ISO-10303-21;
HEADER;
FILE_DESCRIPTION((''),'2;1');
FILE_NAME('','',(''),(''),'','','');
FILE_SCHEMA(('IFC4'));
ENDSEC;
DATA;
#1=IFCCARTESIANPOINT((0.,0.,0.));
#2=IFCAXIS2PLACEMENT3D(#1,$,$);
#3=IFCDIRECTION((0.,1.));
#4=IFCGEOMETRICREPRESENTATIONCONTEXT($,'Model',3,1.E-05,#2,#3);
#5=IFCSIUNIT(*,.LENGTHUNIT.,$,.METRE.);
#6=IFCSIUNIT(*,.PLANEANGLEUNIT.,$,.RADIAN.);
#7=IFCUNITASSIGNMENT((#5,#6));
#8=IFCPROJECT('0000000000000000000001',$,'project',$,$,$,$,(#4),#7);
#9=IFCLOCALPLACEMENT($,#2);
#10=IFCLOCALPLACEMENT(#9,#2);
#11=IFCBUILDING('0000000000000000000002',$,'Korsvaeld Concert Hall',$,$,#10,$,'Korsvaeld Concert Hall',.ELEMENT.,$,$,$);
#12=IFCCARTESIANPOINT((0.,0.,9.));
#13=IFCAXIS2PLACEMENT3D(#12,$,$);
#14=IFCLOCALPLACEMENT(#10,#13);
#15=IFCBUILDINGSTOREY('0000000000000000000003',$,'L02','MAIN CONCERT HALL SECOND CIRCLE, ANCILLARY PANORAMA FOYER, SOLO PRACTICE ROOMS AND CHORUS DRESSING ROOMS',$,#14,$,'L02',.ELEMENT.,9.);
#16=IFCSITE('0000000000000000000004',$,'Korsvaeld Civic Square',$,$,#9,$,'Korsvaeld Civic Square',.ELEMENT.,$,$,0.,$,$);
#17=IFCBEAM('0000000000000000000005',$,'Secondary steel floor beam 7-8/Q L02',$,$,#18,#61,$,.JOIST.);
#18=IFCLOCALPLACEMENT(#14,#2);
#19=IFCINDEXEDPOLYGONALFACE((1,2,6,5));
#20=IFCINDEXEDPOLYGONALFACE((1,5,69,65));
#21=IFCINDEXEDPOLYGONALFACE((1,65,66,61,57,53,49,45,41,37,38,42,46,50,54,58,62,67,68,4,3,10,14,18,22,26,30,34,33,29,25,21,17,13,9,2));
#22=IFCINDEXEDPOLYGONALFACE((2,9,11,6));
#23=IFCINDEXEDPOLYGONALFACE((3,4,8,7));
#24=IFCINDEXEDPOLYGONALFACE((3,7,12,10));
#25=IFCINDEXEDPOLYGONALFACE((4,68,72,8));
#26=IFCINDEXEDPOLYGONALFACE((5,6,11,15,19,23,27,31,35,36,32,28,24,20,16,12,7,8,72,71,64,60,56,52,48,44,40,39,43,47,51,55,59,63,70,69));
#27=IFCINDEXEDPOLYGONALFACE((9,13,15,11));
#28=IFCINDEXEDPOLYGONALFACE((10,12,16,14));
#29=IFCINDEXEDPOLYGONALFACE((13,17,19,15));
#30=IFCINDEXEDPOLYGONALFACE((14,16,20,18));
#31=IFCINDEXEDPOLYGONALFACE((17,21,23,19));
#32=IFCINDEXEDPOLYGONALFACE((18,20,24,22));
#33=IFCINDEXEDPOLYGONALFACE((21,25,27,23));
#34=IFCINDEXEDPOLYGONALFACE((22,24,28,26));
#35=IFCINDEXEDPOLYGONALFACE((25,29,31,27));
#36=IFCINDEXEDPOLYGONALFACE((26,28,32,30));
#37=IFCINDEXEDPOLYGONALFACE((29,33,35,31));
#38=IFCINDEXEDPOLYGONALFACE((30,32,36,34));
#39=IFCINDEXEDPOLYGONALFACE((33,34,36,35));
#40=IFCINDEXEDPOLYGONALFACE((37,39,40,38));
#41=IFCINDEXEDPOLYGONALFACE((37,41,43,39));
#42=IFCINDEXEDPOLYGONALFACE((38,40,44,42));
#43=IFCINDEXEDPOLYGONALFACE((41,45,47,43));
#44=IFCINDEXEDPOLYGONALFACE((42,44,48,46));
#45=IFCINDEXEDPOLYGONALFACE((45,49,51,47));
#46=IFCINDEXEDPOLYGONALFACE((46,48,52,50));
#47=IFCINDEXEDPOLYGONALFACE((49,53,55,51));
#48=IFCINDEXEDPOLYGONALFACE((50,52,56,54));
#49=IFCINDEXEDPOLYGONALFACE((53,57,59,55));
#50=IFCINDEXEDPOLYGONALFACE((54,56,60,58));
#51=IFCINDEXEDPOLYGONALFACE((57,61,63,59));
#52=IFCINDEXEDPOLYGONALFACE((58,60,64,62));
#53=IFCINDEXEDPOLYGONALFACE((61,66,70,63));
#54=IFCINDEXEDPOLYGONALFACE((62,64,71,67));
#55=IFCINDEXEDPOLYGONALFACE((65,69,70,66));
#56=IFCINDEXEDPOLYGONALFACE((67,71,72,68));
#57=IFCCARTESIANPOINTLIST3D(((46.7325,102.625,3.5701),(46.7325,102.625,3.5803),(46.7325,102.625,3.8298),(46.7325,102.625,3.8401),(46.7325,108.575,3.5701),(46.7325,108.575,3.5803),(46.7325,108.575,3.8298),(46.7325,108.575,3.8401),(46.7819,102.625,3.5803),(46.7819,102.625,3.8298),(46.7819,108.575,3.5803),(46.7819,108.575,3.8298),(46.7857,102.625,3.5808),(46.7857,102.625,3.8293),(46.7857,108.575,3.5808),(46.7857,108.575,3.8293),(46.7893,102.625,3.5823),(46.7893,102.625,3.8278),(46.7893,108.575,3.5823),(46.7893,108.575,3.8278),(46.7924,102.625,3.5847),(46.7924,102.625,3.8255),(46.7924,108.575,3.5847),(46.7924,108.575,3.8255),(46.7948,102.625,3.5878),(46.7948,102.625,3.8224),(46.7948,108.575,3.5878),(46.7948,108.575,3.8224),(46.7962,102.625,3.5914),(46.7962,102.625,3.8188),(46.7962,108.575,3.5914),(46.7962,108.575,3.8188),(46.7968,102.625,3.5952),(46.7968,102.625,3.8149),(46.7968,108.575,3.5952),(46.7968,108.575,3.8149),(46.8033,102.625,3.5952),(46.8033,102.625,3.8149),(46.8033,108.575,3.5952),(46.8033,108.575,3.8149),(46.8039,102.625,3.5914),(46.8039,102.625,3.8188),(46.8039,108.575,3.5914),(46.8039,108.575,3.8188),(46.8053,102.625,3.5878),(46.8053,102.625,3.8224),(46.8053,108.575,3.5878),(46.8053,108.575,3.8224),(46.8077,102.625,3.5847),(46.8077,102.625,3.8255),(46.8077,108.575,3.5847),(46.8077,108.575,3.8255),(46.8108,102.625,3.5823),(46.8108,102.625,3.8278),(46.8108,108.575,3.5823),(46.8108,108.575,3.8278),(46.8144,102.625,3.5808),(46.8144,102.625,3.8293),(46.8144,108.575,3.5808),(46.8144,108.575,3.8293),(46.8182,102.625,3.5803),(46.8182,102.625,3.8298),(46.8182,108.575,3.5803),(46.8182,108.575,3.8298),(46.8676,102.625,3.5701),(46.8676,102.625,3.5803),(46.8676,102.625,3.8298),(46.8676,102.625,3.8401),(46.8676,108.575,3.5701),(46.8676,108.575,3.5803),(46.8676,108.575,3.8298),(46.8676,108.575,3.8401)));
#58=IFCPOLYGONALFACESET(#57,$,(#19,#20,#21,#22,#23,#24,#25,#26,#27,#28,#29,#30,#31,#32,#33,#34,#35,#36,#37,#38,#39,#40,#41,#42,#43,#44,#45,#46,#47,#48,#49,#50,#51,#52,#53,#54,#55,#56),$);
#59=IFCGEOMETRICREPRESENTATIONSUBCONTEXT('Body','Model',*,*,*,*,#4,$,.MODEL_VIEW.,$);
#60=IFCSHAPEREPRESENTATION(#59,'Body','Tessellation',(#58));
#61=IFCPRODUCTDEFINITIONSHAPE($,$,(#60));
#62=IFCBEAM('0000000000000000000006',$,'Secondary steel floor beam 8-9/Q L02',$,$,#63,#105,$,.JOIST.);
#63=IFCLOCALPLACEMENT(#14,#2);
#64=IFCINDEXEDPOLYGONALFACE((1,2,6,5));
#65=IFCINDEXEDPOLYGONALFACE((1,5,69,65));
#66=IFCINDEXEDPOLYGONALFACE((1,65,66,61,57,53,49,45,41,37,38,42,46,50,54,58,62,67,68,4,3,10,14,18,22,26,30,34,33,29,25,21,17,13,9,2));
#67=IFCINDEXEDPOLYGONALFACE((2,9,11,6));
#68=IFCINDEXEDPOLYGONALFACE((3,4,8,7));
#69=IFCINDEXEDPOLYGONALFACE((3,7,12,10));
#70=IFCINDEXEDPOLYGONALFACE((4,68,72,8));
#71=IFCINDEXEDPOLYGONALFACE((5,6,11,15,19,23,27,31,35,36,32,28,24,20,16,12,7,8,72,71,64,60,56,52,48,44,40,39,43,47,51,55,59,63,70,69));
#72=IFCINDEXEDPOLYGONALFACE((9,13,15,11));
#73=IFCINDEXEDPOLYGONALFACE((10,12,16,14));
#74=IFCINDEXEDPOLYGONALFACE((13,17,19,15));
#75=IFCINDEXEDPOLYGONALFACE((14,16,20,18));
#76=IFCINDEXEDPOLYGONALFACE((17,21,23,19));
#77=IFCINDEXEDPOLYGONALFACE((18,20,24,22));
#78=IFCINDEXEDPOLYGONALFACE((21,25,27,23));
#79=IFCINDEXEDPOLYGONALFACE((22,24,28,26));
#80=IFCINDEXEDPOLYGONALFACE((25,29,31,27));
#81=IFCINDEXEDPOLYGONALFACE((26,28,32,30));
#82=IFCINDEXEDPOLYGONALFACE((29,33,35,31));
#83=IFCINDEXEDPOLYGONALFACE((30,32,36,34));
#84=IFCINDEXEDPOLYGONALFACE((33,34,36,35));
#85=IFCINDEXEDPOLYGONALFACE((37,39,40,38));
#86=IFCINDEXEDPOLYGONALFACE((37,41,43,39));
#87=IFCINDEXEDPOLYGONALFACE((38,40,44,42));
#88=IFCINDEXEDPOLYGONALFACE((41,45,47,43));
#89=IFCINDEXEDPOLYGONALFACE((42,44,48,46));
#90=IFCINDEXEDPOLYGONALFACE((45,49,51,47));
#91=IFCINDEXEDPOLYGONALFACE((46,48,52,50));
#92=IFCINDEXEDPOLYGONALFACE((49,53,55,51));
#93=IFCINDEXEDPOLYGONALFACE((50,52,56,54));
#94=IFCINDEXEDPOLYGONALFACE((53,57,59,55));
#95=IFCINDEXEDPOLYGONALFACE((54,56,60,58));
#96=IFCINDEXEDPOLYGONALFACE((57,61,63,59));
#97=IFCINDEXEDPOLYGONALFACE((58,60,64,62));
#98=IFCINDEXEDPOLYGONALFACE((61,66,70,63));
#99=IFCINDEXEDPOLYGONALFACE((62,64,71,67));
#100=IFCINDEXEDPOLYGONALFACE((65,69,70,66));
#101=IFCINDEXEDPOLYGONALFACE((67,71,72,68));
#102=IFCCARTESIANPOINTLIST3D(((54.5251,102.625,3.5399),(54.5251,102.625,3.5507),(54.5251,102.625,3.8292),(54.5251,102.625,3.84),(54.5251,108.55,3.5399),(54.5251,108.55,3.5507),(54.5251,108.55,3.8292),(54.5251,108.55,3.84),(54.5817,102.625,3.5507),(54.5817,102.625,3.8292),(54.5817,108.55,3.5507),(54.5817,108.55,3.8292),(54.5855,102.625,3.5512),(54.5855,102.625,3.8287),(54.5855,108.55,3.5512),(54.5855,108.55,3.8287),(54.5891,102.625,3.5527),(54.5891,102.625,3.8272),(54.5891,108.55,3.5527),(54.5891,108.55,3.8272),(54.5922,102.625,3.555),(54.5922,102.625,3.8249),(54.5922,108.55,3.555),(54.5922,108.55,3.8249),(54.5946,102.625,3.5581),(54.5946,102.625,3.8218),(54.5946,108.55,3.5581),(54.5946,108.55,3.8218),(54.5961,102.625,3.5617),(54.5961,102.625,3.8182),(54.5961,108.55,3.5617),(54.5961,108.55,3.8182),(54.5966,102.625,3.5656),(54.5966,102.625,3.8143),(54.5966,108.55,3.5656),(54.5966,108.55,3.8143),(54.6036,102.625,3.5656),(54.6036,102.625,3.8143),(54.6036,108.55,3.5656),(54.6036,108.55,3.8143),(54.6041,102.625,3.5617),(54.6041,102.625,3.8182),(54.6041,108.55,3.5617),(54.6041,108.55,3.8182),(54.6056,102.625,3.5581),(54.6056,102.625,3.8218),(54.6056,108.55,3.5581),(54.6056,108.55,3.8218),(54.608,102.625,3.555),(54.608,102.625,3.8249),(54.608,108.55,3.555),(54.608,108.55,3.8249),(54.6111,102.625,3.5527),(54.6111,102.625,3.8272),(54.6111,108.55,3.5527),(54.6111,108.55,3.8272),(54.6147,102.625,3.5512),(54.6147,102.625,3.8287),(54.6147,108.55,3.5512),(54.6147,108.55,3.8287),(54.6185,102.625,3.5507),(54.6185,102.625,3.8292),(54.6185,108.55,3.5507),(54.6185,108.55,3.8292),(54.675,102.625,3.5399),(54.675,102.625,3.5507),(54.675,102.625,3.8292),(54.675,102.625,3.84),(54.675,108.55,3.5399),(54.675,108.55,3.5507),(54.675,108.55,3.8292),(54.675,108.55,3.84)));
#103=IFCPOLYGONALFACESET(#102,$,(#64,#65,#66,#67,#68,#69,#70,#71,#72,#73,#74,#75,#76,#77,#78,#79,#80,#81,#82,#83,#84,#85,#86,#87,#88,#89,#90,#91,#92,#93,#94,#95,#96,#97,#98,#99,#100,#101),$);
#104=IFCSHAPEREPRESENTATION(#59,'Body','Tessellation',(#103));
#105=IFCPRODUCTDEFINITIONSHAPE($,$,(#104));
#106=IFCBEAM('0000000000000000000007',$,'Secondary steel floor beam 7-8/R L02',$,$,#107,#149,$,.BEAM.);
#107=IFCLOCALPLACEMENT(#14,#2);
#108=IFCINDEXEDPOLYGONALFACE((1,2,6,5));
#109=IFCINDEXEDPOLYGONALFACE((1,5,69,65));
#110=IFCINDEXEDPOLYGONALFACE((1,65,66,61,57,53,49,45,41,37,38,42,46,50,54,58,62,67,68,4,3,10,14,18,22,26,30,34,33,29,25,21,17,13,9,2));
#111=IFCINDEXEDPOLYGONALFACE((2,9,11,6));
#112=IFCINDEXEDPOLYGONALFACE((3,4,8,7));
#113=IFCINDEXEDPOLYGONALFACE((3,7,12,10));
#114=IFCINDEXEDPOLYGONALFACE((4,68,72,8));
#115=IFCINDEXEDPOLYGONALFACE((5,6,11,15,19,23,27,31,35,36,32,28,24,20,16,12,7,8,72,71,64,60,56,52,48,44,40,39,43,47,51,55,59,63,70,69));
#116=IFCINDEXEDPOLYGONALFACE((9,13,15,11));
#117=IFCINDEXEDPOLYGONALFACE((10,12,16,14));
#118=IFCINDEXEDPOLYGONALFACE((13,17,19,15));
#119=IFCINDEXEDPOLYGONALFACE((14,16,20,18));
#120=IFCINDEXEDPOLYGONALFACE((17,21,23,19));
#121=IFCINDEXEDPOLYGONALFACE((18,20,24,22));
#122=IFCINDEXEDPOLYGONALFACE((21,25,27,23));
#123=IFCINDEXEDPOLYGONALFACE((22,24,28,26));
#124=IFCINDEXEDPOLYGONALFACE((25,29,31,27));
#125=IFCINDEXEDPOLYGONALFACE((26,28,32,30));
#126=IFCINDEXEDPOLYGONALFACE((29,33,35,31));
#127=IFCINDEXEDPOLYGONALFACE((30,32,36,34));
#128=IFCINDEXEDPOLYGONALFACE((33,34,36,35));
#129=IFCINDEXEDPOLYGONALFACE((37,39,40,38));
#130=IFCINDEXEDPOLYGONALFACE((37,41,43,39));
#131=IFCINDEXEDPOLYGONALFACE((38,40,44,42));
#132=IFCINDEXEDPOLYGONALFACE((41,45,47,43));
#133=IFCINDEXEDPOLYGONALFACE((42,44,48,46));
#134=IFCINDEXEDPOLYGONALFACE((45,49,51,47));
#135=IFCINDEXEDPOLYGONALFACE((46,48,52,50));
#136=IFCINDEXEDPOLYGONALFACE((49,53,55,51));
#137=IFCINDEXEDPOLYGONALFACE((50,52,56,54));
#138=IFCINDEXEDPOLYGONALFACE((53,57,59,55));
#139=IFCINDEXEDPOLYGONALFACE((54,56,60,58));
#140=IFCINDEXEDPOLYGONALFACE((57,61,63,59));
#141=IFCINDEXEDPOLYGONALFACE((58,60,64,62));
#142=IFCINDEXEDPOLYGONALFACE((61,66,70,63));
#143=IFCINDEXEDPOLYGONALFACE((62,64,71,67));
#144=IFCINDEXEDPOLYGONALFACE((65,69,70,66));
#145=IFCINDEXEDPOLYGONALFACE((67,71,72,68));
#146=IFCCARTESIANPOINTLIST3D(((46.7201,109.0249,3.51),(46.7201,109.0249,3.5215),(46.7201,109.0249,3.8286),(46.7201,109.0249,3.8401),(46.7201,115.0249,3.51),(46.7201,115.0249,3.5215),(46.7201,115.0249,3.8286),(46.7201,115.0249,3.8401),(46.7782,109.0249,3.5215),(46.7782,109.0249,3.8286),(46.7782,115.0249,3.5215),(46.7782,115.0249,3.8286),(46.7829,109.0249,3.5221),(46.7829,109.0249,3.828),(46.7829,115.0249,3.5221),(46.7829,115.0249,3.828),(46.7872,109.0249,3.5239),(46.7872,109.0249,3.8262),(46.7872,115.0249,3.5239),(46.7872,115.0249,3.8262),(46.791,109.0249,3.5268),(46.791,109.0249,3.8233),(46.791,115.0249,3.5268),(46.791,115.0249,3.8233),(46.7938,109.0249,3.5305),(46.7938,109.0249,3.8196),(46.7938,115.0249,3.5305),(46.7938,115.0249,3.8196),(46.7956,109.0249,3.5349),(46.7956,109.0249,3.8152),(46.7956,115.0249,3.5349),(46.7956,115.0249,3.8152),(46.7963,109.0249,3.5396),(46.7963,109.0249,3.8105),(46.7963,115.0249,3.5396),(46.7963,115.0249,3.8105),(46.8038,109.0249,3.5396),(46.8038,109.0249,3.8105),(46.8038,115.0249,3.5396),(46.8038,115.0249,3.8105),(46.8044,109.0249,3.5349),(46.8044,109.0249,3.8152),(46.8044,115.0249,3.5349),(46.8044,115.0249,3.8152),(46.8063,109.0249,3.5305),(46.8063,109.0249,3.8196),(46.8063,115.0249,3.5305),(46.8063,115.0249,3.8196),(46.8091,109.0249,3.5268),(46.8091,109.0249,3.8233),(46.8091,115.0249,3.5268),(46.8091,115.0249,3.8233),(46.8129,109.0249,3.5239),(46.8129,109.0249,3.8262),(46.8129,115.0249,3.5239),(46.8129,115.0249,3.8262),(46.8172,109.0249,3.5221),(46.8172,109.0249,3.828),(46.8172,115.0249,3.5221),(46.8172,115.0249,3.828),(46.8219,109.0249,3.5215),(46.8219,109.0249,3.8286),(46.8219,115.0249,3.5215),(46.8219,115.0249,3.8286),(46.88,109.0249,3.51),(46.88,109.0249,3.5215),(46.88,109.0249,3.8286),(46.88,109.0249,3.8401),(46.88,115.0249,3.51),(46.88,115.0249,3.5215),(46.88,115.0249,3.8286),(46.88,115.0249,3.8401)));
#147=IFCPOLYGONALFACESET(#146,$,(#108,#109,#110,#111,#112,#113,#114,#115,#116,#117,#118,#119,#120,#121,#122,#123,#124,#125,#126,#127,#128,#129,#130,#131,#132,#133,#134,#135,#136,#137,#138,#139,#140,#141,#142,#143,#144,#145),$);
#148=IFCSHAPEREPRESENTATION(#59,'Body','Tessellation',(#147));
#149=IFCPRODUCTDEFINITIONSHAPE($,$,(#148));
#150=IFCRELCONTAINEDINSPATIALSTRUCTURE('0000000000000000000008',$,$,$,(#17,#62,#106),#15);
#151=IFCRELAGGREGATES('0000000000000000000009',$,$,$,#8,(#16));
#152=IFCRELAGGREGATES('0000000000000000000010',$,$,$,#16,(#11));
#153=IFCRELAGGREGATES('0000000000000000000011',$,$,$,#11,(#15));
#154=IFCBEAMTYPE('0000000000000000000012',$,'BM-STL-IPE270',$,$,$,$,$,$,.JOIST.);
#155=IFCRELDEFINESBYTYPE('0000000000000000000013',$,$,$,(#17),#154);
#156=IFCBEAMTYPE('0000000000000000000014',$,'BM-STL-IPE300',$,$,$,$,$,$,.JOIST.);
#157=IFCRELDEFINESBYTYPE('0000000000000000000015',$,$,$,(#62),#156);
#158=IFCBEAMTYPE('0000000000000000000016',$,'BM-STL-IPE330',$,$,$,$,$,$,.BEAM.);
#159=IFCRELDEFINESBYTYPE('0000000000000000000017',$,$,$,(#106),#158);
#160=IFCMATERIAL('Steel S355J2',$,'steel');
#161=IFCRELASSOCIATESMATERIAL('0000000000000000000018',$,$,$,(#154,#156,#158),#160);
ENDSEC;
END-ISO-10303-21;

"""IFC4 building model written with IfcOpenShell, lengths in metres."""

from ifc_helpers import new_model, si_unit, direction, frame, origin, origin_2d, place, context, subcontext, project, spatial, i_section, extrude, material, material_profile, profile_set, type_object, element, save


model = new_model("IFC4")

# Units and contexts
model_context = context("Model", 3, precision=1e-05, world=origin(), true_north=direction((0.0, 1.0)))
body_context = subcontext(model_context, "Body", "Model", "MODEL_VIEW")
ifc_project = project(units=[si_unit("LENGTHUNIT", "METRE"), si_unit("PLANEANGLEUNIT", "RADIAN")], contexts=[model_context])

# Site, building, storey
site_placement = place(None, origin())
site = spatial("IfcSite", under=ifc_project, at=site_placement, Name="Korsvaeld Civic Square", LongName="Korsvaeld Civic Square", CompositionType="ELEMENT", RefElevation=0.0)
building_placement = place(site_placement, origin())
building = spatial("IfcBuilding", under=site, at=building_placement, Name="Korsvaeld Concert Hall", LongName="Korsvaeld Concert Hall", CompositionType="ELEMENT")
storey_placement = place(building_placement, frame((0.0, 0.0, 9.0)))
storey = spatial("IfcBuildingStorey", under=building, at=storey_placement, Name="L02", Description="MAIN CONCERT HALL SECOND CIRCLE, ANCILLARY PANORAMA FOYER, SOLO PRACTICE ROOMS AND CHORUS DRESSING ROOMS", LongName="L02", CompositionType="ELEMENT", Elevation=9.0)

# Beams
ifc_material_1 = material(Name="Steel S355J2", Category="steel")
ifc_material_profile_1 = material_profile(ifc_material_1, i_section(OverallWidth=0.135, OverallDepth=0.27, WebThickness=0.0066, FlangeThickness=0.0103, FilletRadius=0.0149, at=origin_2d()), Name="IPE 270")
ifc_profile_set_1 = profile_set([ifc_material_profile_1], Name="Steel S355J2")
beam_type_1 = type_object("IfcBeamType", Name="BM-STL-IPE270", PredefinedType="JOIST", material=ifc_profile_set_1)
beam_1_placement = place(storey_placement, frame((46.8, 102.625, 3.7051), z_axis=(0.0, 1.0, 0.0), x_axis=(-1.0, 0.0, 0.0)))
element("IfcBeam", 1, at=beam_1_placement, inside=storey, type_object=beam_type_1, Name="Secondary steel floor beam 7-8/Q L02", PredefinedType="JOIST", context=body_context, shape_type="SweptSolid", body=[
    extrude(i_section(OverallWidth=0.135, OverallDepth=0.27, WebThickness=0.0066, FlangeThickness=0.0103, FilletRadius=0.0149, at=origin_2d()), origin(), (0.0, 0.0, 1.0), 5.95),
])
ifc_material_profile_2 = material_profile(ifc_material_1, i_section(OverallWidth=0.1499, OverallDepth=0.3, WebThickness=0.0071, FlangeThickness=0.0107, FilletRadius=0.0149, at=origin_2d()), Name="IPE 300")
ifc_profile_set_2 = profile_set([ifc_material_profile_2], Name="Steel S355J2")
beam_type_2 = type_object("IfcBeamType", Name="BM-STL-IPE300", PredefinedType="JOIST", material=ifc_profile_set_2)
beam_2_placement = place(storey_placement, frame((54.6001, 102.625, 3.6899), z_axis=(0.0, 1.0, 0.0), x_axis=(-1.0, 0.0, 0.0)))
element("IfcBeam", 2, at=beam_2_placement, inside=storey, type_object=beam_type_2, Name="Secondary steel floor beam 8-9/Q L02", PredefinedType="JOIST", context=body_context, shape_type="SweptSolid", body=[
    extrude(i_section(OverallWidth=0.1499, OverallDepth=0.3, WebThickness=0.0071, FlangeThickness=0.0107, FilletRadius=0.0149, at=origin_2d()), origin(), (0.0, 0.0, 1.0), 5.925),
])
ifc_material_profile_3 = material_profile(ifc_material_1, i_section(OverallWidth=0.1599, OverallDepth=0.3301, WebThickness=0.0076, FlangeThickness=0.0115, FilletRadius=0.0181, at=origin_2d()), Name="IPE 330")
ifc_profile_set_3 = profile_set([ifc_material_profile_3], Name="Steel S355J2")
beam_type_3 = type_object("IfcBeamType", Name="BM-STL-IPE330", PredefinedType="BEAM", material=ifc_profile_set_3)
beam_3_placement = place(storey_placement, frame((46.8, 109.0249, 3.675), z_axis=(0.0, 1.0, 0.0), x_axis=(-1.0, 0.0, 0.0)))
element("IfcBeam", 3, at=beam_3_placement, inside=storey, type_object=beam_type_3, Name="Secondary steel floor beam 7-8/R L02", PredefinedType="BEAM", context=body_context, shape_type="SweptSolid", body=[
    extrude(i_section(OverallWidth=0.1599, OverallDepth=0.3301, WebThickness=0.0076, FlangeThickness=0.0115, FilletRadius=0.0181, at=origin_2d()), origin(), (0.0, 0.0, 1.0), 6.0),
])

save(model, "model.ifc")
